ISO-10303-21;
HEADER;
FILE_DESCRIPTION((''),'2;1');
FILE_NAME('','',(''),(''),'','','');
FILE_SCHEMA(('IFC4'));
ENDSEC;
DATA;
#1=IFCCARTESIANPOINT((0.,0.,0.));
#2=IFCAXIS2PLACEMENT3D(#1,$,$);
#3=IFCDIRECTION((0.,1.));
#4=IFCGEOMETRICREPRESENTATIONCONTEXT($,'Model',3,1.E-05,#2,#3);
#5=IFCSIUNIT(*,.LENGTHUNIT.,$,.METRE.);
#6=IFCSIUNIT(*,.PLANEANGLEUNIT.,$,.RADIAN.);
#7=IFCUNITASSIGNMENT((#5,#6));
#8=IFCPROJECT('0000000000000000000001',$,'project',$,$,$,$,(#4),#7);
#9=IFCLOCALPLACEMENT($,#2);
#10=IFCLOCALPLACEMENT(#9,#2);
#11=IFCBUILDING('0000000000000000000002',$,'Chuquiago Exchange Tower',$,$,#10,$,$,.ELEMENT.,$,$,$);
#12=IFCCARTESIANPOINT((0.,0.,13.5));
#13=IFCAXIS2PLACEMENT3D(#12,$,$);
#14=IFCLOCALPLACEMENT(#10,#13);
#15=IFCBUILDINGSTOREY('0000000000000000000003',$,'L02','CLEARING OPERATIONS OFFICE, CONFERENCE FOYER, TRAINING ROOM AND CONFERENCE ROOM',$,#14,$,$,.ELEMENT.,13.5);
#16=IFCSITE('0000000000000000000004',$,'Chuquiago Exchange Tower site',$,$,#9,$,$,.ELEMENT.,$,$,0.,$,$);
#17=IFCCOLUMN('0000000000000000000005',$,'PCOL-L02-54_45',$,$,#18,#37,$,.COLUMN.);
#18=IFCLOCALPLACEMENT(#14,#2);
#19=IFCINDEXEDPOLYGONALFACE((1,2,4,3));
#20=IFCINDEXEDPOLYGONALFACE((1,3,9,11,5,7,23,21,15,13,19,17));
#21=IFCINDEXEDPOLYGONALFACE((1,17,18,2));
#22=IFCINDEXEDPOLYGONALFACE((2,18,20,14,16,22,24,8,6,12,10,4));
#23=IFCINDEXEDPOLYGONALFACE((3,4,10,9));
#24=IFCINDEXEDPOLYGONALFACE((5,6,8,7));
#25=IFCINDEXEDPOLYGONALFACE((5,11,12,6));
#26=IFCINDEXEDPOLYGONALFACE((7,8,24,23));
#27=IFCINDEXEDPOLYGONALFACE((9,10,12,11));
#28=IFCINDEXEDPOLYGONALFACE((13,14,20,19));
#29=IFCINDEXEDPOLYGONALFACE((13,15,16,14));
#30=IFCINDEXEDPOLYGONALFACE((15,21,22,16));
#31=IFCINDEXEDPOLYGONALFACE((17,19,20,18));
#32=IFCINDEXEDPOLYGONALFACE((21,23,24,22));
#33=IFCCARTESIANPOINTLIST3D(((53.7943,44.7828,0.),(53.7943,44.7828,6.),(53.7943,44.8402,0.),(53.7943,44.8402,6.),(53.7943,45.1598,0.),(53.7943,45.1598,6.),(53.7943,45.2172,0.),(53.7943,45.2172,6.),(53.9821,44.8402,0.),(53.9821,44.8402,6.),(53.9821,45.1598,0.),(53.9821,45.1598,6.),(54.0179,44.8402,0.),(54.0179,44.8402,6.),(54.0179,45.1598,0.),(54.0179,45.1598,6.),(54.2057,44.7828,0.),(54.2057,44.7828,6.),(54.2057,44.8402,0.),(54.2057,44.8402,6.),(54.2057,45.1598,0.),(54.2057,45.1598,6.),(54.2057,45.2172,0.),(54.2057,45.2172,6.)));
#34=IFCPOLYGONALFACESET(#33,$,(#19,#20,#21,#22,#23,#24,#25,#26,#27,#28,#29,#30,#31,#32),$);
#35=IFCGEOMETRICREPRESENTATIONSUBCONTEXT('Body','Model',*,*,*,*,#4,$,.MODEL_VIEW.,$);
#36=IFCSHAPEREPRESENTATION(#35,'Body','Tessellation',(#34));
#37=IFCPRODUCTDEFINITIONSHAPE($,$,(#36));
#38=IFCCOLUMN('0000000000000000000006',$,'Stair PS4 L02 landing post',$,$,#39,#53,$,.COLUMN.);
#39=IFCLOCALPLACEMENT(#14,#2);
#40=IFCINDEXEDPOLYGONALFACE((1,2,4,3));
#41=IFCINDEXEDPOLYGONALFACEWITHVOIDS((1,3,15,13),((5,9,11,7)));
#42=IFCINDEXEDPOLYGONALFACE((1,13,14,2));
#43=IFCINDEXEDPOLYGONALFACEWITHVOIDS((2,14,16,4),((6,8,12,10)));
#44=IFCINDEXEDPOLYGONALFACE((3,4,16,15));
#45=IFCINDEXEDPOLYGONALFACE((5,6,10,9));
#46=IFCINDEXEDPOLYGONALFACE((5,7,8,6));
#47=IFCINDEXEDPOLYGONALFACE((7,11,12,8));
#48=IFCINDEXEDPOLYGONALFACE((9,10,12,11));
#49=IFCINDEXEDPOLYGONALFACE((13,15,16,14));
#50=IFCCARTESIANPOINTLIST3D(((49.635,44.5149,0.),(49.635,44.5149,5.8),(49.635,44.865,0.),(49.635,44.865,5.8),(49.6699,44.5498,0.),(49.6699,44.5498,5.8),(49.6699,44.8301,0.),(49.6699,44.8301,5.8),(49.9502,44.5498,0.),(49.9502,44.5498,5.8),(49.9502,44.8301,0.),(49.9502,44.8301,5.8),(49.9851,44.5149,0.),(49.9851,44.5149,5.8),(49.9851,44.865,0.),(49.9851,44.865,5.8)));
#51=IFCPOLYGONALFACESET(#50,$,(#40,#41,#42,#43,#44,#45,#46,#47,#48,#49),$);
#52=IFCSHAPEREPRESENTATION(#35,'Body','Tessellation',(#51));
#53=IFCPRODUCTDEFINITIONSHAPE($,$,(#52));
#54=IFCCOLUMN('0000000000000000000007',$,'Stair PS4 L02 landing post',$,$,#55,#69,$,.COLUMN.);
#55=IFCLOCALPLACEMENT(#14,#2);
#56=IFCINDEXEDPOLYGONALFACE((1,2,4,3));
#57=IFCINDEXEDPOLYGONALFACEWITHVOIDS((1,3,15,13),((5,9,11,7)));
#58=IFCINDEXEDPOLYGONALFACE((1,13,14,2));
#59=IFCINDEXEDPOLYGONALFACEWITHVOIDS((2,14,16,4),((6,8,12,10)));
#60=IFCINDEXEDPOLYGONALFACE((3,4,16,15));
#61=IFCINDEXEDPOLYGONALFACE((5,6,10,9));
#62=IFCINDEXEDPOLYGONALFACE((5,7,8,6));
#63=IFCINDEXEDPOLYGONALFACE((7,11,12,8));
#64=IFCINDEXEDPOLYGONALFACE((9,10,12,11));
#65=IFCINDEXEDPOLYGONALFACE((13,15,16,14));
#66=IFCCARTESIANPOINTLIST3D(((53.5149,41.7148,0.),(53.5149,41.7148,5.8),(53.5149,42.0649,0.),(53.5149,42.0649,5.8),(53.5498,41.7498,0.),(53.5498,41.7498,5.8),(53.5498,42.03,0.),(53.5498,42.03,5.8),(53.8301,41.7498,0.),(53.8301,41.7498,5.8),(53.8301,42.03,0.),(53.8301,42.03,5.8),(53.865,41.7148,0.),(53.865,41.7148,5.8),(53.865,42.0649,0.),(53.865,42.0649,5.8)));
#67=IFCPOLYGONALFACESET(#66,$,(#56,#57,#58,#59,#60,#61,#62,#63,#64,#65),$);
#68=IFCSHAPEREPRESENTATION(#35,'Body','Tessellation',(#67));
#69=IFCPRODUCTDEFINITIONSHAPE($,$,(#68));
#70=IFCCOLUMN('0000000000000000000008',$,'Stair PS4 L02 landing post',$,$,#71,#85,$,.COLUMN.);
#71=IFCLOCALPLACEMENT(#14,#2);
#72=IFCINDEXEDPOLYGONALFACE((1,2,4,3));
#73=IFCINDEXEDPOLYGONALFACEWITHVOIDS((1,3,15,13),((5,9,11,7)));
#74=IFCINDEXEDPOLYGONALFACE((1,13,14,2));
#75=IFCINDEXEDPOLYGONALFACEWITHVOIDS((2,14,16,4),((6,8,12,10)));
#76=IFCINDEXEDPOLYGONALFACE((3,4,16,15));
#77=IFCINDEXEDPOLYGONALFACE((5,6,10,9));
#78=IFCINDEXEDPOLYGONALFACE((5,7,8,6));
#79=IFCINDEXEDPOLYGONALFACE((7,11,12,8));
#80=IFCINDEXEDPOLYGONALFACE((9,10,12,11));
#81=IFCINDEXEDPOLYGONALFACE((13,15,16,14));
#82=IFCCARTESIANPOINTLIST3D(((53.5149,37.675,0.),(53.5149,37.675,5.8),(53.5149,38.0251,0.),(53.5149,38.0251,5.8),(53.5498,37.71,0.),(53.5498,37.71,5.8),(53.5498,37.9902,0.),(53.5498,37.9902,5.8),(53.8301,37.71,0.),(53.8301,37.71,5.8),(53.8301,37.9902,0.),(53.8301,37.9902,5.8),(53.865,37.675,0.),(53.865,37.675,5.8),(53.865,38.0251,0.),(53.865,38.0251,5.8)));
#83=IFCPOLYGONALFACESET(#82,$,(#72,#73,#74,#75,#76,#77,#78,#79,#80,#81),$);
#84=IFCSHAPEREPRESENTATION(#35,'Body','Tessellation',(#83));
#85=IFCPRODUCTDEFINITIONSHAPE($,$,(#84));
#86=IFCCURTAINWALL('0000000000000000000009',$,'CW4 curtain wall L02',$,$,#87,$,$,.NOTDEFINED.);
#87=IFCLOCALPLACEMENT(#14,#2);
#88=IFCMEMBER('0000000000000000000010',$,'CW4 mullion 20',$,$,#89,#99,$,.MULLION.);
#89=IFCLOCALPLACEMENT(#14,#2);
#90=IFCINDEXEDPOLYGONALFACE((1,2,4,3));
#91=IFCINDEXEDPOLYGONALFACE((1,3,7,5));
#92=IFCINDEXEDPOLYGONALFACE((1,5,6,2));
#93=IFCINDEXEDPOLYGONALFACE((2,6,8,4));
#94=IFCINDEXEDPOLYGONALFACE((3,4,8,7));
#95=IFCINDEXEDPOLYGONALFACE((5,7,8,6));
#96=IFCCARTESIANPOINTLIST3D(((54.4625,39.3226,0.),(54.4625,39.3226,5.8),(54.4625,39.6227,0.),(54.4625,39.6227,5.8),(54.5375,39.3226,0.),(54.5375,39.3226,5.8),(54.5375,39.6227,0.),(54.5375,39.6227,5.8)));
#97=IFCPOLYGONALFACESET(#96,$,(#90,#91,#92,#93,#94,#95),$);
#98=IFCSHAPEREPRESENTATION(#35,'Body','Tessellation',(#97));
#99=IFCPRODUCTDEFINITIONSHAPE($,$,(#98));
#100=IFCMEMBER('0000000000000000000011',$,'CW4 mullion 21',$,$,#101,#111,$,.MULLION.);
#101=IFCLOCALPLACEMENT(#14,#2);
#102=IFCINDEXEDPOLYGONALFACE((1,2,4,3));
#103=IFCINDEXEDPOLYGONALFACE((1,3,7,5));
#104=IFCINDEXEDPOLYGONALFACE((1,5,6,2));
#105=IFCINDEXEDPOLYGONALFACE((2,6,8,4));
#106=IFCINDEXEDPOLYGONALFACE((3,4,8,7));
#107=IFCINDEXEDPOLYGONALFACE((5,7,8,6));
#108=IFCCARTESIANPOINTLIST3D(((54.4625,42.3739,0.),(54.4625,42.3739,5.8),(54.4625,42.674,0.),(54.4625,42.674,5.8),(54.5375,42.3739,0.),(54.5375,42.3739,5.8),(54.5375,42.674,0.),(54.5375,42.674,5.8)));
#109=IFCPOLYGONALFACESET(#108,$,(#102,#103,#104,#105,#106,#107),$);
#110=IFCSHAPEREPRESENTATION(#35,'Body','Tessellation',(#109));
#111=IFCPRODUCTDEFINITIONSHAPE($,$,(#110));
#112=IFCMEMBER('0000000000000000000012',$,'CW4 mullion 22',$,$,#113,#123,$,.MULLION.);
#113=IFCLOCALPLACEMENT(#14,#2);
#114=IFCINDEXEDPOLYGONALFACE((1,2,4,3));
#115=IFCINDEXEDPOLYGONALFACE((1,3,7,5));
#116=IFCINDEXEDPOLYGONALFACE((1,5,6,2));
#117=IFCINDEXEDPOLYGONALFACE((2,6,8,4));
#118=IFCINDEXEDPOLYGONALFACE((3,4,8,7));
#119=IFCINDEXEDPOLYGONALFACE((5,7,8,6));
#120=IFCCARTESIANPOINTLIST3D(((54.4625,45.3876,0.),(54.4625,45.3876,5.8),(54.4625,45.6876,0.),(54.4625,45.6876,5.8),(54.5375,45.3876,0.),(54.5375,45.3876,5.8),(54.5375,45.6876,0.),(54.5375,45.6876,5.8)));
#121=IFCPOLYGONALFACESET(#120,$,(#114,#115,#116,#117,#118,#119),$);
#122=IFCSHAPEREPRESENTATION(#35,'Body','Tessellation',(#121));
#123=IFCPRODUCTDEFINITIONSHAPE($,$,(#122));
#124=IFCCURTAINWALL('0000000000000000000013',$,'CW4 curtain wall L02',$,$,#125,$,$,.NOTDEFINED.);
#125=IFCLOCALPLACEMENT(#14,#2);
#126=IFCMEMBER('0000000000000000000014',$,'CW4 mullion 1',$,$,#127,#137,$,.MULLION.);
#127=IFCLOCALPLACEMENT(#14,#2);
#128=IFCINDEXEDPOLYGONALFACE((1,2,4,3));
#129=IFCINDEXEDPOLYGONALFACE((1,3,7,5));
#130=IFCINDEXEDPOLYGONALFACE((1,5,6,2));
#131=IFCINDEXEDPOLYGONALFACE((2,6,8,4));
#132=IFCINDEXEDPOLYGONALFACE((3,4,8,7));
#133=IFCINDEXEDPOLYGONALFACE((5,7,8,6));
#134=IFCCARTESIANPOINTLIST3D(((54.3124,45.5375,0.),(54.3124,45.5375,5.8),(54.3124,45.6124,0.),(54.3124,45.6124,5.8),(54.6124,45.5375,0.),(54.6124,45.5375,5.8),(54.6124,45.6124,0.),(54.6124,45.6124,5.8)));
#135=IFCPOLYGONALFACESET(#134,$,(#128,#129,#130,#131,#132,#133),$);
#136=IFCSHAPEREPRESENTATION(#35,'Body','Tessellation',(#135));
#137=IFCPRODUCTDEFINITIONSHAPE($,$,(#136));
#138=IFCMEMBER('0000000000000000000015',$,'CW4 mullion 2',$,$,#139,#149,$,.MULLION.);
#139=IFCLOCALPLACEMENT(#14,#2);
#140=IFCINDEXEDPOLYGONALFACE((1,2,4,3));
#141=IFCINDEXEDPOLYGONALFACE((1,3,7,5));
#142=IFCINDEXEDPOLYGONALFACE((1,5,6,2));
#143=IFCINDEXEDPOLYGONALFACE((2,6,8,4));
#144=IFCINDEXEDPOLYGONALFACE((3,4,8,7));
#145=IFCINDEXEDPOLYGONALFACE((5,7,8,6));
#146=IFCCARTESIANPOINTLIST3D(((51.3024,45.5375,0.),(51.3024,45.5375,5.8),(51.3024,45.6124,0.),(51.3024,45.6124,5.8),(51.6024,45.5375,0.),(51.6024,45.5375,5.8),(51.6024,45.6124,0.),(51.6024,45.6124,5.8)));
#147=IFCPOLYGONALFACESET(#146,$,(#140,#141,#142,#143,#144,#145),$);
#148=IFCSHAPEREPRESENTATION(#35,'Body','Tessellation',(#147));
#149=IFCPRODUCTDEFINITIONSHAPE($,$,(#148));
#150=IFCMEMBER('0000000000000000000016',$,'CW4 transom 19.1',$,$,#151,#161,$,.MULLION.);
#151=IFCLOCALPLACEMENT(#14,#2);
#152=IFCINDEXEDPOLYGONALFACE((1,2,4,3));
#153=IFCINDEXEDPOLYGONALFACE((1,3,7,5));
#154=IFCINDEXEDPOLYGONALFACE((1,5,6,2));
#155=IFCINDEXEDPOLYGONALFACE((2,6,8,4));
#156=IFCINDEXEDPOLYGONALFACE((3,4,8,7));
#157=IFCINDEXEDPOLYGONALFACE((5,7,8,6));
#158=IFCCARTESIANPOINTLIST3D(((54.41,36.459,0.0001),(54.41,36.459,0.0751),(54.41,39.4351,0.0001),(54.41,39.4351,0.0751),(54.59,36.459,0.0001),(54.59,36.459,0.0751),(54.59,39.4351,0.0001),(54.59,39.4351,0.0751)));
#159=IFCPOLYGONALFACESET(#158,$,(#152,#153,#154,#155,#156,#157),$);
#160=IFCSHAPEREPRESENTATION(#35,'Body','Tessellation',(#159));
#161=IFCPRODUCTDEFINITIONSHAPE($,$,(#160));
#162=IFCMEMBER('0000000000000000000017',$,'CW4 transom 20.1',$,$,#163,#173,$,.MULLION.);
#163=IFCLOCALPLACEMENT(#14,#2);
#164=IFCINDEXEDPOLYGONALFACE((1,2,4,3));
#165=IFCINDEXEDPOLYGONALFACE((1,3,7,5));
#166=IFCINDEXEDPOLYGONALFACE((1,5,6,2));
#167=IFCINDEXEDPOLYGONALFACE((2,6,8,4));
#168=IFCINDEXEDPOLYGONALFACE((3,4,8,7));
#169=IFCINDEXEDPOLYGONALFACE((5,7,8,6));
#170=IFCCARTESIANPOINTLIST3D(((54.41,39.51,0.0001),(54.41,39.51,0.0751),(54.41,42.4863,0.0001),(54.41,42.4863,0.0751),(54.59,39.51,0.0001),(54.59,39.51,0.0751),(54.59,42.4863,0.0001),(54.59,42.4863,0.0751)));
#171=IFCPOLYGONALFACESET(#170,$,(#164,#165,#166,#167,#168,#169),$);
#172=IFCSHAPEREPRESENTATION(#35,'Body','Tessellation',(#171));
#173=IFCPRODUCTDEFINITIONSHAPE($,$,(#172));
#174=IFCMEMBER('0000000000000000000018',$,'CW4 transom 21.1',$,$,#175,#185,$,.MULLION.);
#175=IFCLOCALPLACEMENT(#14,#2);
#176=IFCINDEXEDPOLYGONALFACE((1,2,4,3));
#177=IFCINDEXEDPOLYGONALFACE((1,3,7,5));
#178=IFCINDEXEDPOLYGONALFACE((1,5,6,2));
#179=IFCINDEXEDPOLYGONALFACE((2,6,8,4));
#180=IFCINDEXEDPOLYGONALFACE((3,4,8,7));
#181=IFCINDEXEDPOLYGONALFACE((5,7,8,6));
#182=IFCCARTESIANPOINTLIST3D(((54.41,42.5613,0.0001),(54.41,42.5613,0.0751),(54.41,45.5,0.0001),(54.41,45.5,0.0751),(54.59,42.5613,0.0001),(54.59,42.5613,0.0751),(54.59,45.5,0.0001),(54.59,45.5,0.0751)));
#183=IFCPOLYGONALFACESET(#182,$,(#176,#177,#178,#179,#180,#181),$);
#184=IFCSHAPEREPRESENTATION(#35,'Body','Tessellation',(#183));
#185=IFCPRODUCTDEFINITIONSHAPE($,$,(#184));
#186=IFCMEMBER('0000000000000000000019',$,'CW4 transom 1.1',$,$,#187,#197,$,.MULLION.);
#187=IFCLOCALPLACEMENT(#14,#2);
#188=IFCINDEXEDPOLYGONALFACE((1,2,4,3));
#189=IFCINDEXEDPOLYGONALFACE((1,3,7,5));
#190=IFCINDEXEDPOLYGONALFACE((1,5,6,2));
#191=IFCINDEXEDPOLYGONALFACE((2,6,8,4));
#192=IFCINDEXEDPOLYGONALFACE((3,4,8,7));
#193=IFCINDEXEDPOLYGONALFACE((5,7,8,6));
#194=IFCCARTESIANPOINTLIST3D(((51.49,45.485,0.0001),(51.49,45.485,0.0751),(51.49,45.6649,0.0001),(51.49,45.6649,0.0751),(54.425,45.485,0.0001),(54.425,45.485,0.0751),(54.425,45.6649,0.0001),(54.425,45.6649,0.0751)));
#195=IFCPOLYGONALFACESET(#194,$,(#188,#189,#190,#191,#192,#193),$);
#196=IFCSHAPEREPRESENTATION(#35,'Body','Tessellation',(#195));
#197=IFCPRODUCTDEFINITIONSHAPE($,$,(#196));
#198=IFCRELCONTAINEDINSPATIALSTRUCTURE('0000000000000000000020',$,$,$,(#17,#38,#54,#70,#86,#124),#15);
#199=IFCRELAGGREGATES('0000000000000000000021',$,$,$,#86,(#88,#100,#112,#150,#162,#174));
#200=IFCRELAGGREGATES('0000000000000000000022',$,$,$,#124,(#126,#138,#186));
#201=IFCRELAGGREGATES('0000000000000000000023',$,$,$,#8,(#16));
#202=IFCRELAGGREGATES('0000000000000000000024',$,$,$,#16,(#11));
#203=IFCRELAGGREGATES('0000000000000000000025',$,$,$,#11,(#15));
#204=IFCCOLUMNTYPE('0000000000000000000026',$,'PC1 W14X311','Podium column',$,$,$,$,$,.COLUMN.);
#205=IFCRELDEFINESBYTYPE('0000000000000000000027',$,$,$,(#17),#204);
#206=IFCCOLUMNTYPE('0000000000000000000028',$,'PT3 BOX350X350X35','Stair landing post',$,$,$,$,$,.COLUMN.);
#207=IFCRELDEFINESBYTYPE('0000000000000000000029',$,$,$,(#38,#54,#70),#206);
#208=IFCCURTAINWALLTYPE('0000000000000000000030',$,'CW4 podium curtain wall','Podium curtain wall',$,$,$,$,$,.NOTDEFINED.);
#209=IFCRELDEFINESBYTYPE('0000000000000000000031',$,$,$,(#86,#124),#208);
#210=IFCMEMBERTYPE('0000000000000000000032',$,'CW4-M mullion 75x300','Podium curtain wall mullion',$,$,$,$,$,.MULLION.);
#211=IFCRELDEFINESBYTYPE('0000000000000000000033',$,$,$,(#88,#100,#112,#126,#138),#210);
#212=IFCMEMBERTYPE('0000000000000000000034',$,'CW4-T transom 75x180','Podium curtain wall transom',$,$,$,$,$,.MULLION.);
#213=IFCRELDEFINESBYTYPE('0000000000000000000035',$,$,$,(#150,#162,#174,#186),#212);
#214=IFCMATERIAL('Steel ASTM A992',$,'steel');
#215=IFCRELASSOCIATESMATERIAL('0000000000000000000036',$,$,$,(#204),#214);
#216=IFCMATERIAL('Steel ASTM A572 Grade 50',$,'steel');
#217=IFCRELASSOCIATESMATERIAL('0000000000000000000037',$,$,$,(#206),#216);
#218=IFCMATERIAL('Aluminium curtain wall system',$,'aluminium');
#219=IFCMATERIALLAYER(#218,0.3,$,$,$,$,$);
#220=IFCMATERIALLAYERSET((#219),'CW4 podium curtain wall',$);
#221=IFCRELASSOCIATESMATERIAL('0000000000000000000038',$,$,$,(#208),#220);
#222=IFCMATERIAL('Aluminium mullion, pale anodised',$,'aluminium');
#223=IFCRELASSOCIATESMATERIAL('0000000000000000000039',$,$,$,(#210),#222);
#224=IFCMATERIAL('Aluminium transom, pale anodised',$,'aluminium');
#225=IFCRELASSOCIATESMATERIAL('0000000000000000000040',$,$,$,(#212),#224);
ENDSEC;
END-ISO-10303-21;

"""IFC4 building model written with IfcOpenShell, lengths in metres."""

from ifc_helpers import new_model, si_unit, direction, frame, origin, origin_2d, place, context, subcontext, project, spatial, rectangle, hollow_rectangle, i_section, extrude, material, layer, layer_set, material_profile, profile_set, type_object, element, aggregate, save


model = new_model("IFC4")

# Units and contexts
model_context = context("Model", 3, precision=1e-05, world=origin(), true_north=direction((0.0, 1.0)))
body_context = subcontext(model_context, "Body", "Model", "MODEL_VIEW")
ifc_project = project(units=[si_unit("LENGTHUNIT", "METRE"), si_unit("PLANEANGLEUNIT", "RADIAN")], contexts=[model_context])

# Site, building, storey
site_placement = place(None, origin())
site = spatial("IfcSite", under=ifc_project, at=site_placement, Name="Chuquiago Exchange Tower site", CompositionType="ELEMENT", RefElevation=0.0)
building_placement = place(site_placement, origin())
building = spatial("IfcBuilding", under=site, at=building_placement, Name="Chuquiago Exchange Tower", CompositionType="ELEMENT")
storey_placement = place(building_placement, frame((0.0, 0.0, 13.5)))
storey = spatial("IfcBuildingStorey", under=building, at=storey_placement, Name="L02", Description="CLEARING OPERATIONS OFFICE, CONFERENCE FOYER, TRAINING ROOM AND CONFERENCE ROOM", CompositionType="ELEMENT", Elevation=13.5)

# Columns
ifc_material_1 = material(Name="Steel ASTM A992", Category="steel")
ifc_material_profile_1 = material_profile(ifc_material_1, i_section(OverallWidth=0.4114, OverallDepth=0.4343, WebThickness=0.0359, FlangeThickness=0.0574, at=origin_2d()), Name="W14X311")
ifc_profile_set_1 = profile_set([ifc_material_profile_1], Name="Steel ASTM A992")
column_type_1 = type_object("IfcColumnType", Name="PC1 W14X311", Description="Podium column", PredefinedType="COLUMN", material=ifc_profile_set_1)
column_placement = place(storey_placement, frame((54.0, 45.0, 0.0), z_axis=(0.0, 0.0, 1.0), x_axis=(1.0, 0.0, 0.0)))
element("IfcColumn", 1, at=column_placement, inside=storey, type_object=column_type_1, Name="PCOL-L02-54_45", PredefinedType="COLUMN", context=body_context, shape_type="SweptSolid", body=[
    extrude(i_section(OverallWidth=0.4114, OverallDepth=0.4343, WebThickness=0.0359, FlangeThickness=0.0574, at=origin_2d()), origin(), (0.0, 0.0, 1.0), 6.0),
])
ifc_material_2 = material(Name="Steel ASTM A572 Grade 50", Category="steel")
ifc_material_profile_2 = material_profile(ifc_material_2, hollow_rectangle(XDim=0.3501, YDim=0.3501, WallThickness=0.0349, at=origin_2d()), Name="BOX350X350X35")
ifc_profile_set_2 = profile_set([ifc_material_profile_2], Name="Steel ASTM A572 Grade 50")
column_type_2 = type_object("IfcColumnType", Name="PT3 BOX350X350X35", Description="Stair landing post", PredefinedType="COLUMN", material=ifc_profile_set_2)
for number, where, z_axis, x_axis, name in (
    (2, (49.8101, 44.6899, 0.0), (0.0, 0.0, 1.0), (1.0, 0.0, 0.0), "Stair PS4 L02 landing post"),
    (3, (53.6899, 41.8899, 0.0), (0.0, 0.0, 1.0), (1.0, 0.0, 0.0), "Stair PS4 L02 landing post"),
    (4, (53.6899, 37.8501, 0.0), (0.0, 0.0, 1.0), (1.0, 0.0, 0.0), "Stair PS4 L02 landing post"),
):
    element("IfcColumn", number, at=place(storey_placement, frame(where, z_axis=z_axis, x_axis=x_axis)), inside=storey, type_object=column_type_2, Name=name, PredefinedType="COLUMN", context=body_context, shape_type="SweptSolid", body=[
        extrude(hollow_rectangle(XDim=0.3501, YDim=0.3501, WallThickness=0.0349, at=origin_2d()), origin(), (0.0, 0.0, 1.0), 5.8),
    ])

# Curtain walls, members
ifc_material_3 = material(Name="Aluminium curtain wall system", Category="aluminium")
ifc_layer_1 = layer(ifc_material_3, 0.3)
ifc_layer_set_1 = layer_set([ifc_layer_1], Name="CW4 podium curtain wall")
curtain_wall_type = type_object("IfcCurtainWallType", Name="CW4 podium curtain wall", Description="Podium curtain wall", PredefinedType="NOTDEFINED", material=ifc_layer_set_1)
curtain_wall_1_placement = place(storey_placement, origin())
curtain_wall_1 = element("IfcCurtainWall", 5, at=curtain_wall_1_placement, inside=storey, type_object=curtain_wall_type, Name="CW4 curtain wall L02", PredefinedType="NOTDEFINED")
ifc_material_4 = material(Name="Aluminium mullion, pale anodised", Category="aluminium")
ifc_material_profile_3 = material_profile(ifc_material_4, rectangle(XDim=0.075, YDim=0.3, at=origin_2d()), Name="AL 75x300")
ifc_profile_set_3 = profile_set([ifc_material_profile_3], Name="Aluminium mullion, pale anodised")
member_type_1 = type_object("IfcMemberType", Name="CW4-M mullion 75x300", Description="Podium curtain wall mullion", PredefinedType="MULLION", material=ifc_profile_set_3)
member_1_placement = place(storey_placement, frame((54.5, 39.4727, 0.0), z_axis=(0.0, 0.0, 1.0), x_axis=(-1.0, 0.0, 0.0)))
member_1 = element("IfcMember", 6, at=member_1_placement, type_object=member_type_1, Name="CW4 mullion 20", PredefinedType="MULLION", context=body_context, shape_type="SweptSolid", body=[
    extrude(rectangle(XDim=0.075, YDim=0.3, at=origin_2d()), origin(), (0.0, 0.0, 1.0), 5.8),
])
member_2_placement = place(storey_placement, frame((54.5, 42.5239, 0.0), z_axis=(0.0, 0.0, 1.0), x_axis=(-1.0, 0.0, 0.0)))
member_2 = element("IfcMember", 7, at=member_2_placement, type_object=member_type_1, Name="CW4 mullion 21", PredefinedType="MULLION", context=body_context, shape_type="SweptSolid", body=[
    extrude(rectangle(XDim=0.075, YDim=0.3, at=origin_2d()), origin(), (0.0, 0.0, 1.0), 5.8),
])
member_3_placement = place(storey_placement, frame((54.5, 45.5376, 0.0), z_axis=(0.0, 0.0, 1.0), x_axis=(-1.0, 0.0, 0.0)))
member_3 = element("IfcMember", 8, at=member_3_placement, type_object=member_type_1, Name="CW4 mullion 22", PredefinedType="MULLION", context=body_context, shape_type="SweptSolid", body=[
    extrude(rectangle(XDim=0.075, YDim=0.3, at=origin_2d()), origin(), (0.0, 0.0, 1.0), 5.8),
])
curtain_wall_2_placement = place(storey_placement, origin())
curtain_wall_2 = element("IfcCurtainWall", 9, at=curtain_wall_2_placement, inside=storey, type_object=curtain_wall_type, Name="CW4 curtain wall L02", PredefinedType="NOTDEFINED")
member_4_placement = place(storey_placement, frame((54.4624, 45.575, 0.0), z_axis=(0.0, 0.0, 1.0), x_axis=(0.0, -1.0, 0.0)))
member_4 = element("IfcMember", 10, at=member_4_placement, type_object=member_type_1, Name="CW4 mullion 1", PredefinedType="MULLION", context=body_context, shape_type="SweptSolid", body=[
    extrude(rectangle(XDim=0.075, YDim=0.3, at=origin_2d()), origin(), (0.0, 0.0, 1.0), 5.8),
])
member_5_placement = place(storey_placement, frame((51.4524, 45.575, 0.0), z_axis=(0.0, 0.0, 1.0), x_axis=(0.0, -1.0, 0.0)))
member_5 = element("IfcMember", 11, at=member_5_placement, type_object=member_type_1, Name="CW4 mullion 2", PredefinedType="MULLION", context=body_context, shape_type="SweptSolid", body=[
    extrude(rectangle(XDim=0.075, YDim=0.3, at=origin_2d()), origin(), (0.0, 0.0, 1.0), 5.8),
])

# Members
ifc_material_5 = material(Name="Aluminium transom, pale anodised", Category="aluminium")
ifc_material_profile_4 = material_profile(ifc_material_5, rectangle(XDim=0.1799, YDim=0.075, at=origin_2d()), Name="AL 180x75")
ifc_profile_set_4 = profile_set([ifc_material_profile_4], Name="Aluminium transom, pale anodised")
member_type_2 = type_object("IfcMemberType", Name="CW4-T transom 75x180", Description="Podium curtain wall transom", PredefinedType="MULLION", material=ifc_profile_set_4)
member_6_placement = place(storey_placement, frame((54.5, 36.459, 0.0376), z_axis=(0.0, 1.0, 0.0), x_axis=(-1.0, 0.0, 0.0)))
member_6 = element("IfcMember", 12, at=member_6_placement, type_object=member_type_2, Name="CW4 transom 19.1", PredefinedType="MULLION", context=body_context, shape_type="SweptSolid", body=[
    extrude(rectangle(XDim=0.1799, YDim=0.075, at=origin_2d()), origin(), (0.0, 0.0, 1.0), 2.9761),
])
member_7_placement = place(storey_placement, frame((54.5, 39.51, 0.0376), z_axis=(0.0, 1.0, 0.0), x_axis=(-1.0, 0.0, 0.0)))
member_7 = element("IfcMember", 13, at=member_7_placement, type_object=member_type_2, Name="CW4 transom 20.1", PredefinedType="MULLION", context=body_context, shape_type="SweptSolid", body=[
    extrude(rectangle(XDim=0.1799, YDim=0.075, at=origin_2d()), origin(), (0.0, 0.0, 1.0), 2.9763),
])
member_8_placement = place(storey_placement, frame((54.5, 42.5613, 0.0376), z_axis=(0.0, 1.0, 0.0), x_axis=(-1.0, 0.0, 0.0)))
member_8 = element("IfcMember", 14, at=member_8_placement, type_object=member_type_2, Name="CW4 transom 21.1", PredefinedType="MULLION", context=body_context, shape_type="SweptSolid", body=[
    extrude(rectangle(XDim=0.1799, YDim=0.075, at=origin_2d()), origin(), (0.0, 0.0, 1.0), 2.9387),
])
member_9_placement = place(storey_placement, frame((54.425, 45.575, 0.0376), z_axis=(-1.0, 0.0, 0.0), x_axis=(0.0, -1.0, 0.0)))
member_9 = element("IfcMember", 15, at=member_9_placement, type_object=member_type_2, Name="CW4 transom 1.1", PredefinedType="MULLION", context=body_context, shape_type="SweptSolid", body=[
    extrude(rectangle(XDim=0.1799, YDim=0.075, at=origin_2d()), origin(), (0.0, 0.0, 1.0), 2.9351),
])

aggregate(curtain_wall_1, [member_1, member_2, member_3, member_6, member_7, member_8])
aggregate(curtain_wall_2, [member_4, member_5, member_9])

save(model, "model.ifc")
